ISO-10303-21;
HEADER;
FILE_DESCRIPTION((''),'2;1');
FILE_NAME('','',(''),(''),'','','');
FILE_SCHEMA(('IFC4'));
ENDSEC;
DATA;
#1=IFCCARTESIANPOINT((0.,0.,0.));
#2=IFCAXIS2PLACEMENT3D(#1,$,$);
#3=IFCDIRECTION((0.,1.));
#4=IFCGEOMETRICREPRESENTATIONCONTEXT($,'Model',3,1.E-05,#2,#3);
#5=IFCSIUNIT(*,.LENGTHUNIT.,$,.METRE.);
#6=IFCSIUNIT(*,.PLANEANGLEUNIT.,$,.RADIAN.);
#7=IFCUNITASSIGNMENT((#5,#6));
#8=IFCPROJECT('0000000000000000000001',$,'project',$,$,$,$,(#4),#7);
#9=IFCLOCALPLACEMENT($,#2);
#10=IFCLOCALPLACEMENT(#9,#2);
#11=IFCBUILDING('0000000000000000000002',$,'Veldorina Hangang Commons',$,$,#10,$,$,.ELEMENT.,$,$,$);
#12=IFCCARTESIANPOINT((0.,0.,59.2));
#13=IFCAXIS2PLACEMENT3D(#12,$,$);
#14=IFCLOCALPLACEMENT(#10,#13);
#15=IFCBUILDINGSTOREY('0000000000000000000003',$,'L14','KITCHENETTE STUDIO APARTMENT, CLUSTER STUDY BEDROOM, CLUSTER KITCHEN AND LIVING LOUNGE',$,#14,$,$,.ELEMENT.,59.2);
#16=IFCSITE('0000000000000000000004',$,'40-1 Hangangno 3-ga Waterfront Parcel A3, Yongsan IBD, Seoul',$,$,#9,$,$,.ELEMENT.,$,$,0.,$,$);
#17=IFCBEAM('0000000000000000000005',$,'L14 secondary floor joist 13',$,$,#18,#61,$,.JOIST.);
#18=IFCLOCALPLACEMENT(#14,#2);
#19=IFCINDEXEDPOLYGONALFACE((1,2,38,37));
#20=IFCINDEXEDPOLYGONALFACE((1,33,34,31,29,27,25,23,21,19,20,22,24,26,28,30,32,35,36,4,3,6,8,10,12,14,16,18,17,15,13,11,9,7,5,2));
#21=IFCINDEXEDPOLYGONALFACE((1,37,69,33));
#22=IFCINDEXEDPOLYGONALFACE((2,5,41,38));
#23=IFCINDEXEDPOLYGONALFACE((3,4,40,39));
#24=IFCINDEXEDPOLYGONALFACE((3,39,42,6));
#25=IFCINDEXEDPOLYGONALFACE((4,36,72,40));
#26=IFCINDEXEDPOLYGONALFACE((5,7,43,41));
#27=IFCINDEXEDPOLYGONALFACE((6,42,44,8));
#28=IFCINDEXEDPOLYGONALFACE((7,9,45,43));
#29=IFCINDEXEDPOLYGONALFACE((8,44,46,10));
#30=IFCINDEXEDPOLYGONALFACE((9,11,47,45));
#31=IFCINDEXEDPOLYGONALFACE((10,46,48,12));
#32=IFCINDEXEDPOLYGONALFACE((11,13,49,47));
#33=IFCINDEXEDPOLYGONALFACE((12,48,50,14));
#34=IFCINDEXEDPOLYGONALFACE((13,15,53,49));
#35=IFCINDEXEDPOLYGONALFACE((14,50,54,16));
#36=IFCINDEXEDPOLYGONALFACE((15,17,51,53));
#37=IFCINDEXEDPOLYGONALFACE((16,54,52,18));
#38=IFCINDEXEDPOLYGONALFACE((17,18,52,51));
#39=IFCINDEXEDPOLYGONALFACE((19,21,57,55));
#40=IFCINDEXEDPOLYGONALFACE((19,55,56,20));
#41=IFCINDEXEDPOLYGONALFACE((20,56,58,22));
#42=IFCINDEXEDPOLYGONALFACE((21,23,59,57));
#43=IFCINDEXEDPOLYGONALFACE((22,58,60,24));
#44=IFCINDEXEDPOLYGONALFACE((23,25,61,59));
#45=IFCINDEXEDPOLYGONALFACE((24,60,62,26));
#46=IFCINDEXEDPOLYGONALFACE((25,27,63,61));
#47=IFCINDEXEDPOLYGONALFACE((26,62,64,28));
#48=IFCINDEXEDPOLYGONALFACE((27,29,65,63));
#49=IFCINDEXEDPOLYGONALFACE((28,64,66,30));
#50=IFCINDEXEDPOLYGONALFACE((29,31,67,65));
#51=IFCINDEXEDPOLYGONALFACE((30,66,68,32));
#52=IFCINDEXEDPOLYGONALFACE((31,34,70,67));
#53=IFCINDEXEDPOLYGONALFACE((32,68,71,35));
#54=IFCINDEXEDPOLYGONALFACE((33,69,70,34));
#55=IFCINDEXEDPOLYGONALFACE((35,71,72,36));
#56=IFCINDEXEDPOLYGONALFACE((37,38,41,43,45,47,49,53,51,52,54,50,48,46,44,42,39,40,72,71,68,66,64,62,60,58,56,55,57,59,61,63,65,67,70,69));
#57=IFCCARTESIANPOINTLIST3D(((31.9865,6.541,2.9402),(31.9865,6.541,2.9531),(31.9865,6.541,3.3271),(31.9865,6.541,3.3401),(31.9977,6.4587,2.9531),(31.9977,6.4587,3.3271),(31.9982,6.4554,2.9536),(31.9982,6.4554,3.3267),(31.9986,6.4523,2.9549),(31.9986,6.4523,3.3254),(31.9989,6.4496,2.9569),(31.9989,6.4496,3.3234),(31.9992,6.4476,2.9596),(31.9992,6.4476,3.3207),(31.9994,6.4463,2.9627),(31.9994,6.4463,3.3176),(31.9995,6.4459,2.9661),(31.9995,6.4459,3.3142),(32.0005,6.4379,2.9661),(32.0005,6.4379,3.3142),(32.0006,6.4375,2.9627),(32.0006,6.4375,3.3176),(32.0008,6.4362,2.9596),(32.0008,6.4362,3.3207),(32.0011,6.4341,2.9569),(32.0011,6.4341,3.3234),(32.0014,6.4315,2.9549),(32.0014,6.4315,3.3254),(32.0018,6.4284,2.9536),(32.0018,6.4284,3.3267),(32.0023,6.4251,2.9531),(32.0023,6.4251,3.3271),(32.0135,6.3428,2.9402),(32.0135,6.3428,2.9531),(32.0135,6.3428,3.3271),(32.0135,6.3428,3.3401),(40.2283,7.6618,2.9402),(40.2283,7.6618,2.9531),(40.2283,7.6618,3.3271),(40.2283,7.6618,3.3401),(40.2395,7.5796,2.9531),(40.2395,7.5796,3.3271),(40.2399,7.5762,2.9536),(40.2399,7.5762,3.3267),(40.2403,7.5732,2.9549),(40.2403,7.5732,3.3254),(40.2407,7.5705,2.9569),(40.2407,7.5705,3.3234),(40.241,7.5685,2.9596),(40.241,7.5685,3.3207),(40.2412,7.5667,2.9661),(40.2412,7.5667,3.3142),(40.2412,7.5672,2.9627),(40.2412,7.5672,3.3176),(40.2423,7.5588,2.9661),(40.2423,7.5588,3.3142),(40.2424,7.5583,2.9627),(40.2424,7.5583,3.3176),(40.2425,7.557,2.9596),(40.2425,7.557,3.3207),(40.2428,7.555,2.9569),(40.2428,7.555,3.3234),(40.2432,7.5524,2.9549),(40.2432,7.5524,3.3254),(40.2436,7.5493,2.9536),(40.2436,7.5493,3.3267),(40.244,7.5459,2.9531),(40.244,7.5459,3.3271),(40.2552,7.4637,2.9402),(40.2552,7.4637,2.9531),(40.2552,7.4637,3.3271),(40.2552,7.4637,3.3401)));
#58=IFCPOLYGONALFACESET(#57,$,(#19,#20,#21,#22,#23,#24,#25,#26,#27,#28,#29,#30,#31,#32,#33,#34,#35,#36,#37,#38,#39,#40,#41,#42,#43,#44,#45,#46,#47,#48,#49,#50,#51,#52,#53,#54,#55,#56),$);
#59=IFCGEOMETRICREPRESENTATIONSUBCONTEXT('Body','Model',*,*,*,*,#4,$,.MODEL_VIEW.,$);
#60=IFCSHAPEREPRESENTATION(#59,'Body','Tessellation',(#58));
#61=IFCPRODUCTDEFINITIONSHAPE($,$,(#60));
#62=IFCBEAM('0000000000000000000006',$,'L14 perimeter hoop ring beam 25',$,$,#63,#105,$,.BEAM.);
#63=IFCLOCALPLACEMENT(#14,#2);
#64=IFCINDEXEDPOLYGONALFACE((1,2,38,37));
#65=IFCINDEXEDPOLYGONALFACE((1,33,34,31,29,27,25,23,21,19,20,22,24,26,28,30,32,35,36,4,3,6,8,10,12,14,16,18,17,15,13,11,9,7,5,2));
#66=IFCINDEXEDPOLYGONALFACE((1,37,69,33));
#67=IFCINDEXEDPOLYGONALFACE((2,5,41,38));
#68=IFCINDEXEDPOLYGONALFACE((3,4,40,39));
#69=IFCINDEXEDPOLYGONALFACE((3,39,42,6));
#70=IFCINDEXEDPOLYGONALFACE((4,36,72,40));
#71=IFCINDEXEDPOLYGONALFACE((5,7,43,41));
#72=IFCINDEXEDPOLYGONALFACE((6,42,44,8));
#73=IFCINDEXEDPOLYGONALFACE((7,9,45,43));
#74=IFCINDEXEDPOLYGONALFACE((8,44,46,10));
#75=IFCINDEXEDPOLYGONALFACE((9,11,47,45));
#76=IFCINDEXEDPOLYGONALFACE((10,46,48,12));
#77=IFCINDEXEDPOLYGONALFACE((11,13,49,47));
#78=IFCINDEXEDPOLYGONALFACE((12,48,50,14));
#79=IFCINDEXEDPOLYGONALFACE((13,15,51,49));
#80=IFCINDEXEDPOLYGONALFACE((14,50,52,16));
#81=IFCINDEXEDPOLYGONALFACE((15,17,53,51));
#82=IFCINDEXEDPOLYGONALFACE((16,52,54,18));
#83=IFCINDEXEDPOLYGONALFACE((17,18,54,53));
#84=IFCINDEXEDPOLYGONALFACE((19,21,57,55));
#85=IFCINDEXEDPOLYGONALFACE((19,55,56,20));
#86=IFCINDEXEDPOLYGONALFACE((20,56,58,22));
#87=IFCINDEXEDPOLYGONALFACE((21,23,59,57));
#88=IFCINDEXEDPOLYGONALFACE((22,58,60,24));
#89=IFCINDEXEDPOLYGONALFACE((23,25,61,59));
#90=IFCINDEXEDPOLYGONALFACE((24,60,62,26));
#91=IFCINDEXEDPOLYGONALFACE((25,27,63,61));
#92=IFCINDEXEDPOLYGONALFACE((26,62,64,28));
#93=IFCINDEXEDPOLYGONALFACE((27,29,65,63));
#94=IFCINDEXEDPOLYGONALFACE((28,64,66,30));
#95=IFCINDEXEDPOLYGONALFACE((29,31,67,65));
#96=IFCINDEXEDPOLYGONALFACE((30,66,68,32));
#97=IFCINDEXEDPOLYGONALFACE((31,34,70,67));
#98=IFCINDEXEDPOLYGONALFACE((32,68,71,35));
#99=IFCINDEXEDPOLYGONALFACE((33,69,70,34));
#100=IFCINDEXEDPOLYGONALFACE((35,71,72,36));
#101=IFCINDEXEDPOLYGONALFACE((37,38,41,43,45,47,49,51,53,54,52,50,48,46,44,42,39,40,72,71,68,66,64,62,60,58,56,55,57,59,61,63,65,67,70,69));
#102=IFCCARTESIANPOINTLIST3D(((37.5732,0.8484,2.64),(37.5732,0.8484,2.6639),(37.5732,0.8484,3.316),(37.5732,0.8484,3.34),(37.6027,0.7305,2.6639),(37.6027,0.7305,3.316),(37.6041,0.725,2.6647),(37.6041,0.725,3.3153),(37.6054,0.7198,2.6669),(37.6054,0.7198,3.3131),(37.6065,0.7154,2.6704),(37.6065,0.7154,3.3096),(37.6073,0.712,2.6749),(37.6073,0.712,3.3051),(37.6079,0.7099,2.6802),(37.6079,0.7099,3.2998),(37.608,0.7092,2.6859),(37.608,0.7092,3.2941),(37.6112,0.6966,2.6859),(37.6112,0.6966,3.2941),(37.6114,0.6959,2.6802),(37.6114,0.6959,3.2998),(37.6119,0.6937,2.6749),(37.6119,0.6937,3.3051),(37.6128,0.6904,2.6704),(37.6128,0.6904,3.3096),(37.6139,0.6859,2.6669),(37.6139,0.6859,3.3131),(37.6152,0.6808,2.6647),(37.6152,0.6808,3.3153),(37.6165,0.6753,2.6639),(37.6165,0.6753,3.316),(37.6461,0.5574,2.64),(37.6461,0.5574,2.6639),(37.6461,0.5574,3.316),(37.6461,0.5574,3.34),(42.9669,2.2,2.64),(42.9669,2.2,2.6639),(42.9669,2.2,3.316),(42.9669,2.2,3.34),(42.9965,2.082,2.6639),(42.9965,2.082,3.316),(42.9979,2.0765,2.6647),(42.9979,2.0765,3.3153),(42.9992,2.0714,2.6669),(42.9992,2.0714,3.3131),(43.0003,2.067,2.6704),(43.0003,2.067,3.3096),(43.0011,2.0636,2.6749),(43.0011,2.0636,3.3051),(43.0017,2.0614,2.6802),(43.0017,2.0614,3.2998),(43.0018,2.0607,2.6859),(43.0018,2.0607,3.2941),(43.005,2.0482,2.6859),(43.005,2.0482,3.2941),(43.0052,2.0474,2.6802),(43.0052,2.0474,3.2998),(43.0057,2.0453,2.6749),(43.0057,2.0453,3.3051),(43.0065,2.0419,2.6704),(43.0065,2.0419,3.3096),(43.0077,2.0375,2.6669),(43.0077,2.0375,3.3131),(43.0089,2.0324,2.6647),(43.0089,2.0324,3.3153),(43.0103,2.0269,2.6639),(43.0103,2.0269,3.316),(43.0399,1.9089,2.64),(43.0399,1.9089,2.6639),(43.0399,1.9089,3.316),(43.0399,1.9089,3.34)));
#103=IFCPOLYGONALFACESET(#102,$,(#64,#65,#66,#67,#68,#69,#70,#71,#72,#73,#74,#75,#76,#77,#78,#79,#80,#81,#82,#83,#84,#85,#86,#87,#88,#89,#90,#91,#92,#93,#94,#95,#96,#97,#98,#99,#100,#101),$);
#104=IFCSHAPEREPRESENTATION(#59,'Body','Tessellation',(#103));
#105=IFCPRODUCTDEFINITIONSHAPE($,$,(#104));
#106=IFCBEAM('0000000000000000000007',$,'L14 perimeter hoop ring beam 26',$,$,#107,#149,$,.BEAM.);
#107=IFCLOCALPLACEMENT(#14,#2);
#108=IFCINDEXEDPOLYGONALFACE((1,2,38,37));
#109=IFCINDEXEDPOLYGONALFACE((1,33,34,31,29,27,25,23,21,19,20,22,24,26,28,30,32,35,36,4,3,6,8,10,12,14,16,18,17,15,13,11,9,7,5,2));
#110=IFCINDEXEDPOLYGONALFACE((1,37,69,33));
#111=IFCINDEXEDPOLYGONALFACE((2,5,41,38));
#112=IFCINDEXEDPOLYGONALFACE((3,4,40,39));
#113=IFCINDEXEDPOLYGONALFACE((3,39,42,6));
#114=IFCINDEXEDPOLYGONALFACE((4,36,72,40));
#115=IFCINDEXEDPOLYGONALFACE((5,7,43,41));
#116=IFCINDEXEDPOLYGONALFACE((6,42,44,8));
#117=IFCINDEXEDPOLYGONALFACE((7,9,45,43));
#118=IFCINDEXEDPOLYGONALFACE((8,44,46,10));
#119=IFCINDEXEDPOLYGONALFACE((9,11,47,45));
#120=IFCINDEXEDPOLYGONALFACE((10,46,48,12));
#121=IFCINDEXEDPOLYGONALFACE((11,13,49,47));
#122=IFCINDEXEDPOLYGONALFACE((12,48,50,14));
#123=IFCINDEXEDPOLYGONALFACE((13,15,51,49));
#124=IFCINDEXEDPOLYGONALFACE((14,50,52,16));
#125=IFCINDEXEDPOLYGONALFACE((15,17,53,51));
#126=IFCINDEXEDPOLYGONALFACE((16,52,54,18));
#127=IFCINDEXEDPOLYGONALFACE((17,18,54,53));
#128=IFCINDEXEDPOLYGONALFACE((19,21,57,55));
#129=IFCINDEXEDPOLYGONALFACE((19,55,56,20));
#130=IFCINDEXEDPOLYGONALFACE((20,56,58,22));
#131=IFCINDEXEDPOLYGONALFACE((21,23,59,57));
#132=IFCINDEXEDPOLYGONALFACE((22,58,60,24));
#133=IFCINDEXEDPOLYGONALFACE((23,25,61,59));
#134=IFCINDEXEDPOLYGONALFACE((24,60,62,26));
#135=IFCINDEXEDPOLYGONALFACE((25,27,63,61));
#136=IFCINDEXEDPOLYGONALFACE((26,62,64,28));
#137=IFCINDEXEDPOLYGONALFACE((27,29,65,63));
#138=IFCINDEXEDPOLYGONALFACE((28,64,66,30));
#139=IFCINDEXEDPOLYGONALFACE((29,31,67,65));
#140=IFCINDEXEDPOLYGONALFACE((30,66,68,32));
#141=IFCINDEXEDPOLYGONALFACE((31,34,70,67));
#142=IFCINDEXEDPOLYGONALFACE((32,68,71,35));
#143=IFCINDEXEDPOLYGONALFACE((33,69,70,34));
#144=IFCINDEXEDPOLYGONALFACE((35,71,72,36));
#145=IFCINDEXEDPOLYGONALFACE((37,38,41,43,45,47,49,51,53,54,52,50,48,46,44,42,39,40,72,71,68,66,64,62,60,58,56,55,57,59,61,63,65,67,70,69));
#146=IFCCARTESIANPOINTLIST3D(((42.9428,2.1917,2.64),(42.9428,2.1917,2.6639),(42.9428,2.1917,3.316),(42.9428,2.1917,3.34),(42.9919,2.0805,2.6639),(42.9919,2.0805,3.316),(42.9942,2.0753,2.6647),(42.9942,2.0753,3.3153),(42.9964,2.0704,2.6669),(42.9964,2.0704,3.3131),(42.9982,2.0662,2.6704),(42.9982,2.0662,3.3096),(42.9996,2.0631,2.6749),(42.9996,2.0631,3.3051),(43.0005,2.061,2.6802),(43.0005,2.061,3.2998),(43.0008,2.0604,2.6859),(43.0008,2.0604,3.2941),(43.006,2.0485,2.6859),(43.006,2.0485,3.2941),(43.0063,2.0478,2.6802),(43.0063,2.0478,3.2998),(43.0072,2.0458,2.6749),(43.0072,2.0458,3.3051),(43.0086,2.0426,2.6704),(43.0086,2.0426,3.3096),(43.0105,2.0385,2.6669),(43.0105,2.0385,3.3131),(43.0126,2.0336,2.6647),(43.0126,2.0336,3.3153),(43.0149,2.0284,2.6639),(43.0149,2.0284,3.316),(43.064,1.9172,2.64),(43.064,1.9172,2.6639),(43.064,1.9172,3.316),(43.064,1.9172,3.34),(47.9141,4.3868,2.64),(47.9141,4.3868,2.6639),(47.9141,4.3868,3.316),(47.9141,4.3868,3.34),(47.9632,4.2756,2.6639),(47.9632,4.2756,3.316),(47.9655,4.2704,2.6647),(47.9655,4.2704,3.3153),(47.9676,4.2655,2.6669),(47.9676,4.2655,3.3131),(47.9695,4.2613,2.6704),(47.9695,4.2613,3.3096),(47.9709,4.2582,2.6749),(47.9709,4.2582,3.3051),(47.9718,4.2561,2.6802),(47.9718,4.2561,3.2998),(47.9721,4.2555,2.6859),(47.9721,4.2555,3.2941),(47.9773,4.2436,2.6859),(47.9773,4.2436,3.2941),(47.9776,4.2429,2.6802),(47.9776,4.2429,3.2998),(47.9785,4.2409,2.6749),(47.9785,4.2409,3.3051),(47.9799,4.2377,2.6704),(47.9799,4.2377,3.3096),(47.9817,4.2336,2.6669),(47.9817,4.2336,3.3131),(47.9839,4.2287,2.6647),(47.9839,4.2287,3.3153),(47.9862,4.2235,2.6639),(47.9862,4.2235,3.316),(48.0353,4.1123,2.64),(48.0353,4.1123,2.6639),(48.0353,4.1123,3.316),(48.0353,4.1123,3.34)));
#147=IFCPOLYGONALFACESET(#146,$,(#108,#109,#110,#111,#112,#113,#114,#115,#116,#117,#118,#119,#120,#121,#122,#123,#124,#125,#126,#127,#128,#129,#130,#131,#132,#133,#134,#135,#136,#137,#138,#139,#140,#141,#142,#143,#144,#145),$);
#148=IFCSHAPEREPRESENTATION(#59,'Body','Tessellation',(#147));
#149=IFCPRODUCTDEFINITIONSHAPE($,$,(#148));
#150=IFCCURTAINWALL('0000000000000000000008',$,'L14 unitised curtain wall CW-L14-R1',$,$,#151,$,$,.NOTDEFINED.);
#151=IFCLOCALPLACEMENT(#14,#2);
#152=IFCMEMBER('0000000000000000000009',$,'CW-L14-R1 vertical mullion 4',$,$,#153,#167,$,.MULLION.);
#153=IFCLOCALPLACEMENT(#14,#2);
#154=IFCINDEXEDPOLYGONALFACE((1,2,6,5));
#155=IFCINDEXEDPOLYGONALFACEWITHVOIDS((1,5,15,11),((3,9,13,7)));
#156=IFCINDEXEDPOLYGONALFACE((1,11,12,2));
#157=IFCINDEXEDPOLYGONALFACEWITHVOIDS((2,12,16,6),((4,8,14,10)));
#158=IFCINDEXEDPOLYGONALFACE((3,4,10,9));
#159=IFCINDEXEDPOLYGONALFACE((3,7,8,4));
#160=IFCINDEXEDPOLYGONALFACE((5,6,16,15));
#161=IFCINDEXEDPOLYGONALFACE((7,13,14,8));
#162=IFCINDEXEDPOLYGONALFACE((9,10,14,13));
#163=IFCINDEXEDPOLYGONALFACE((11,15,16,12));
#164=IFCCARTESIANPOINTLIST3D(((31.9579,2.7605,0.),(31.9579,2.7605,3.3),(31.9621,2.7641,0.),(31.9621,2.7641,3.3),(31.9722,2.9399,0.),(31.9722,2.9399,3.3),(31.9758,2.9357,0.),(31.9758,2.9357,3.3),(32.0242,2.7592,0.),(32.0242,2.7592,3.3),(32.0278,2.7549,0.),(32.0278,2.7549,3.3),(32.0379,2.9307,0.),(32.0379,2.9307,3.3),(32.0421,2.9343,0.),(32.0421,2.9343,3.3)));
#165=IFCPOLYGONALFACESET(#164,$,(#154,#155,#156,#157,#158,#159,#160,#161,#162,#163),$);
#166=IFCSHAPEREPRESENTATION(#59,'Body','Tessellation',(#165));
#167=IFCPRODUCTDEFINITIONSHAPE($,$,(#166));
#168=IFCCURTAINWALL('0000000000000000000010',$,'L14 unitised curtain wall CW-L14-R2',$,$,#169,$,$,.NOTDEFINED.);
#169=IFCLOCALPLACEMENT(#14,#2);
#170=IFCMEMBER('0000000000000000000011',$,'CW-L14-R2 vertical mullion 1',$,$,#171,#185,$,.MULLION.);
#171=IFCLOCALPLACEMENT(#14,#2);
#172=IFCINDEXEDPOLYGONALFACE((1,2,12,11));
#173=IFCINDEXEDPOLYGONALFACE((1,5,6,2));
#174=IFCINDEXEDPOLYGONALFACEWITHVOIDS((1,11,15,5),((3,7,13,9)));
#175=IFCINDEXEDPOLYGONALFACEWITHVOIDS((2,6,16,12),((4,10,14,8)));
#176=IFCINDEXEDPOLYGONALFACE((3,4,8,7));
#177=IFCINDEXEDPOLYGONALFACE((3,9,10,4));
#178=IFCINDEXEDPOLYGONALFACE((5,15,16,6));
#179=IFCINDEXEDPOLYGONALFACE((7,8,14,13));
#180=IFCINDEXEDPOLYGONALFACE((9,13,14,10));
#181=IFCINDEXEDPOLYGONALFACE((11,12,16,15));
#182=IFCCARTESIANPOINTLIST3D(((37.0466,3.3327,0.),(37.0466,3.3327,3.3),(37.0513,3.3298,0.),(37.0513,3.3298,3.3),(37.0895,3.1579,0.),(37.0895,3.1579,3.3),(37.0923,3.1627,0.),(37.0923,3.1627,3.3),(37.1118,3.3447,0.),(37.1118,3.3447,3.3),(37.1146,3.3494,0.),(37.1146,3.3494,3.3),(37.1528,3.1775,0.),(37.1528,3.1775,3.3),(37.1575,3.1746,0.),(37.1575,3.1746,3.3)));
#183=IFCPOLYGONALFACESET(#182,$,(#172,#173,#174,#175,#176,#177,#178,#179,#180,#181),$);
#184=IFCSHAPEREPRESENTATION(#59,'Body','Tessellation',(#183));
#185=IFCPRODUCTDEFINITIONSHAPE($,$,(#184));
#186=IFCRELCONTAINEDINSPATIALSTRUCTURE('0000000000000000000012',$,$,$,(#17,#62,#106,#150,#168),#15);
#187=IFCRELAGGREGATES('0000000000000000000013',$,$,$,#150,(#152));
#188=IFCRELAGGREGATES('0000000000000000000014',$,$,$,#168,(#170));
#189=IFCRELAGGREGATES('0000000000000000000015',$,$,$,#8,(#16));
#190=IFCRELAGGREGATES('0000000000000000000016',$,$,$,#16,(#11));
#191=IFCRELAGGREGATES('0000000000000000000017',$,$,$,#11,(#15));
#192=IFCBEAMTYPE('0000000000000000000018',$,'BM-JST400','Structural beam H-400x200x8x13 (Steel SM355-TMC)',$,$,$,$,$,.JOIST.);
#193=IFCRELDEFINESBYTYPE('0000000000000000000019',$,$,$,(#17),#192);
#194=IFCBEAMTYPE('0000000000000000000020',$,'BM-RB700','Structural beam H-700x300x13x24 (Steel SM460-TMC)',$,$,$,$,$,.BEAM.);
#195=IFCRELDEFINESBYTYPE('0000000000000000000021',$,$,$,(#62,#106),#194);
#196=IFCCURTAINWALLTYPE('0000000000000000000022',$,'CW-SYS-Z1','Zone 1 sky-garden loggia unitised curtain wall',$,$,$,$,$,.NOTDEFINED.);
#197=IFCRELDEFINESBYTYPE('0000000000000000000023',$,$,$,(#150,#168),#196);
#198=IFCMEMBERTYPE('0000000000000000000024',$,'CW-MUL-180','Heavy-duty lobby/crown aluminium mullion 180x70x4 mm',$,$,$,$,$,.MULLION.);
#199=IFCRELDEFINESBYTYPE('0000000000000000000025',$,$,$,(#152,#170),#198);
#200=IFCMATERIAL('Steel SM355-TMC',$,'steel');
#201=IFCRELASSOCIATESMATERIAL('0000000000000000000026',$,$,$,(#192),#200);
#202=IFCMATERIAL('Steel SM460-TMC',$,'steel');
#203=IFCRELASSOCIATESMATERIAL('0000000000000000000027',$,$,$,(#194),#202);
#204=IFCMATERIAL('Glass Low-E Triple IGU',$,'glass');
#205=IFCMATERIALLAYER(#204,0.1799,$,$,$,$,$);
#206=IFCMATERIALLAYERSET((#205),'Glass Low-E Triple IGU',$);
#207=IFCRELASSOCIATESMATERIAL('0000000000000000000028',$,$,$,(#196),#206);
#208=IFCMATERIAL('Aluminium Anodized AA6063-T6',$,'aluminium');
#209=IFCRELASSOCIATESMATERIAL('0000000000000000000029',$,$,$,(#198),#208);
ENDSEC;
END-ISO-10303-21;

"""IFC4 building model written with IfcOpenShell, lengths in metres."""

from ifc_helpers import new_model, si_unit, direction, frame, origin, origin_2d, place, context, subcontext, project, spatial, hollow_rectangle, i_section, extrude, material, layer, layer_set, material_profile, profile_set, type_object, element, aggregate, save


model = new_model("IFC4")

# Units and contexts
model_context = context("Model", 3, precision=1e-05, world=origin(), true_north=direction((0.0, 1.0)))
body_context = subcontext(model_context, "Body", "Model", "MODEL_VIEW")
ifc_project = project(units=[si_unit("LENGTHUNIT", "METRE"), si_unit("PLANEANGLEUNIT", "RADIAN")], contexts=[model_context])

# Site, building, storey
site_placement = place(None, origin())
site = spatial("IfcSite", under=ifc_project, at=site_placement, Name="40-1 Hangangno 3-ga Waterfront Parcel A3, Yongsan IBD, Seoul", CompositionType="ELEMENT", RefElevation=0.0)
building_placement = place(site_placement, origin())
building = spatial("IfcBuilding", under=site, at=building_placement, Name="Veldorina Hangang Commons", CompositionType="ELEMENT")
storey_placement = place(building_placement, frame((0.0, 0.0, 59.2)))
storey = spatial("IfcBuildingStorey", under=building, at=storey_placement, Name="L14", Description="KITCHENETTE STUDIO APARTMENT, CLUSTER STUDY BEDROOM, CLUSTER KITCHEN AND LIVING LOUNGE", CompositionType="ELEMENT", Elevation=59.2)

# Beams
ifc_material_1 = material(Name="Steel SM355-TMC", Category="steel")
ifc_material_profile_1 = material_profile(ifc_material_1, i_section(OverallWidth=0.2, OverallDepth=0.3999, WebThickness=0.0081, FlangeThickness=0.0129, FilletRadius=0.0129, at=origin_2d()), Name="H-400x200x8x13")
ifc_profile_set_1 = profile_set([ifc_material_profile_1], Name="Steel SM355-TMC")
beam_type_1 = type_object("IfcBeamType", Name="BM-JST400", Description="Structural beam H-400x200x8x13 (Steel SM355-TMC)", PredefinedType="JOIST", material=ifc_profile_set_1)
beam_1_placement = place(storey_placement, frame((32.0, 6.4419, 3.1401), z_axis=(0.990879, 0.134757, 0.0), x_axis=(-0.134757, 0.990879, 0.0)))
element("IfcBeam", 1, at=beam_1_placement, inside=storey, type_object=beam_type_1, Name="L14 secondary floor joist 13", PredefinedType="JOIST", context=body_context, shape_type="SweptSolid", body=[
    extrude(i_section(OverallWidth=0.2, OverallDepth=0.3999, WebThickness=0.0081, FlangeThickness=0.0129, FilletRadius=0.0129, at=origin_2d()), origin(), (0.0, 0.0, 1.0), 8.3176),
])
ifc_material_2 = material(Name="Steel SM460-TMC", Category="steel")
ifc_material_profile_2 = material_profile(ifc_material_2, i_section(OverallWidth=0.3, OverallDepth=0.7, WebThickness=0.0129, FlangeThickness=0.0239, FilletRadius=0.022, at=origin_2d()), Name="H-700x300x13x24")
ifc_profile_set_2 = profile_set([ifc_material_profile_2], Name="Steel SM460-TMC")
beam_type_2 = type_object("IfcBeamType", Name="BM-RB700", Description="Structural beam H-700x300x13x24 (Steel SM460-TMC)", PredefinedType="BEAM", material=ifc_profile_set_2)
beam_2_placement = place(storey_placement, frame((37.6096, 0.7029, 2.99), z_axis=(0.970011, 0.243062, 0.0), x_axis=(-0.243062, 0.970011, 0.0)))
element("IfcBeam", 2, at=beam_2_placement, inside=storey, type_object=beam_type_2, Name="L14 perimeter hoop ring beam 25", PredefinedType="BEAM", context=body_context, shape_type="SweptSolid", body=[
    extrude(i_section(OverallWidth=0.3, OverallDepth=0.7, WebThickness=0.0129, FlangeThickness=0.0239, FilletRadius=0.022, at=origin_2d()), origin(), (0.0, 0.0, 1.0), 5.5605),
])
beam_3_placement = place(storey_placement, frame((43.0034, 2.0544, 2.99), z_axis=(0.914789, 0.403932, 0.0), x_axis=(-0.403932, 0.914789, 0.0)))
element("IfcBeam", 3, at=beam_3_placement, inside=storey, type_object=beam_type_2, Name="L14 perimeter hoop ring beam 26", PredefinedType="BEAM", context=body_context, shape_type="SweptSolid", body=[
    extrude(i_section(OverallWidth=0.3, OverallDepth=0.7, WebThickness=0.0129, FlangeThickness=0.0239, FilletRadius=0.022, at=origin_2d()), origin(), (0.0, 0.0, 1.0), 5.4343),
])

# Curtain wall, member
ifc_material_3 = material(Name="Glass Low-E Triple IGU", Category="glass")
ifc_layer_1 = layer(ifc_material_3, 0.1799)
ifc_layer_set_1 = layer_set([ifc_layer_1], Name="Glass Low-E Triple IGU")
curtain_wall_type = type_object("IfcCurtainWallType", Name="CW-SYS-Z1", Description="Zone 1 sky-garden loggia unitised curtain wall", PredefinedType="NOTDEFINED", material=ifc_layer_set_1)
curtain_wall_1_placement = place(storey_placement, origin())
curtain_wall_1 = element("IfcCurtainWall", 4, at=curtain_wall_1_placement, inside=storey, type_object=curtain_wall_type, Name="L14 unitised curtain wall CW-L14-R1", PredefinedType="NOTDEFINED")
ifc_material_4 = material(Name="Aluminium Anodized AA6063-T6", Category="aluminium")
ifc_material_profile_3 = material_profile(ifc_material_4, hollow_rectangle(XDim=0.0701, YDim=0.1799, WallThickness=0.0039, at=origin_2d()), Name="ALU-RHS-180x70x4")
ifc_profile_set_3 = profile_set([ifc_material_profile_3], Name="Aluminium Anodized AA6063-T6")
member_type_1 = type_object("IfcMemberType", Name="CW-MUL-180", Description="Heavy-duty lobby/crown aluminium mullion 180x70x4 mm", PredefinedType="MULLION", material=ifc_profile_set_3)
member_1_placement = place(storey_placement, frame((32.0, 2.8474, 0.0), z_axis=(0.0, 0.0, 1.0), x_axis=(-0.996843, 0.079399, 0.0)))
member_1 = element("IfcMember", 5, at=member_1_placement, type_object=member_type_1, Name="CW-L14-R1 vertical mullion 4", PredefinedType="MULLION", context=body_context, shape_type="SweptSolid", body=[
    extrude(hollow_rectangle(XDim=0.0701, YDim=0.1799, WallThickness=0.0039, at=origin_2d()), origin(), (0.0, 0.0, 1.0), 3.3),
])
aggregate(curtain_wall_1, [member_1])

# Curtain wall, member
curtain_wall_2_placement = place(storey_placement, origin())
curtain_wall_2 = element("IfcCurtainWall", 6, at=curtain_wall_2_placement, inside=storey, type_object=curtain_wall_type, Name="L14 unitised curtain wall CW-L14-R2", PredefinedType="NOTDEFINED")
member_2_placement = place(storey_placement, frame((37.1021, 3.2537, 0.0), z_axis=(0.0, 0.0, 1.0), x_axis=(0.971193, 0.238296, 0.0)))
member_2 = element("IfcMember", 7, at=member_2_placement, type_object=member_type_1, Name="CW-L14-R2 vertical mullion 1", PredefinedType="MULLION", context=body_context, shape_type="SweptSolid", body=[
    extrude(hollow_rectangle(XDim=0.0701, YDim=0.1799, WallThickness=0.0039, at=origin_2d()), origin(), (0.0, 0.0, 1.0), 3.3),
])

aggregate(curtain_wall_2, [member_2])

save(model, "model.ifc")
